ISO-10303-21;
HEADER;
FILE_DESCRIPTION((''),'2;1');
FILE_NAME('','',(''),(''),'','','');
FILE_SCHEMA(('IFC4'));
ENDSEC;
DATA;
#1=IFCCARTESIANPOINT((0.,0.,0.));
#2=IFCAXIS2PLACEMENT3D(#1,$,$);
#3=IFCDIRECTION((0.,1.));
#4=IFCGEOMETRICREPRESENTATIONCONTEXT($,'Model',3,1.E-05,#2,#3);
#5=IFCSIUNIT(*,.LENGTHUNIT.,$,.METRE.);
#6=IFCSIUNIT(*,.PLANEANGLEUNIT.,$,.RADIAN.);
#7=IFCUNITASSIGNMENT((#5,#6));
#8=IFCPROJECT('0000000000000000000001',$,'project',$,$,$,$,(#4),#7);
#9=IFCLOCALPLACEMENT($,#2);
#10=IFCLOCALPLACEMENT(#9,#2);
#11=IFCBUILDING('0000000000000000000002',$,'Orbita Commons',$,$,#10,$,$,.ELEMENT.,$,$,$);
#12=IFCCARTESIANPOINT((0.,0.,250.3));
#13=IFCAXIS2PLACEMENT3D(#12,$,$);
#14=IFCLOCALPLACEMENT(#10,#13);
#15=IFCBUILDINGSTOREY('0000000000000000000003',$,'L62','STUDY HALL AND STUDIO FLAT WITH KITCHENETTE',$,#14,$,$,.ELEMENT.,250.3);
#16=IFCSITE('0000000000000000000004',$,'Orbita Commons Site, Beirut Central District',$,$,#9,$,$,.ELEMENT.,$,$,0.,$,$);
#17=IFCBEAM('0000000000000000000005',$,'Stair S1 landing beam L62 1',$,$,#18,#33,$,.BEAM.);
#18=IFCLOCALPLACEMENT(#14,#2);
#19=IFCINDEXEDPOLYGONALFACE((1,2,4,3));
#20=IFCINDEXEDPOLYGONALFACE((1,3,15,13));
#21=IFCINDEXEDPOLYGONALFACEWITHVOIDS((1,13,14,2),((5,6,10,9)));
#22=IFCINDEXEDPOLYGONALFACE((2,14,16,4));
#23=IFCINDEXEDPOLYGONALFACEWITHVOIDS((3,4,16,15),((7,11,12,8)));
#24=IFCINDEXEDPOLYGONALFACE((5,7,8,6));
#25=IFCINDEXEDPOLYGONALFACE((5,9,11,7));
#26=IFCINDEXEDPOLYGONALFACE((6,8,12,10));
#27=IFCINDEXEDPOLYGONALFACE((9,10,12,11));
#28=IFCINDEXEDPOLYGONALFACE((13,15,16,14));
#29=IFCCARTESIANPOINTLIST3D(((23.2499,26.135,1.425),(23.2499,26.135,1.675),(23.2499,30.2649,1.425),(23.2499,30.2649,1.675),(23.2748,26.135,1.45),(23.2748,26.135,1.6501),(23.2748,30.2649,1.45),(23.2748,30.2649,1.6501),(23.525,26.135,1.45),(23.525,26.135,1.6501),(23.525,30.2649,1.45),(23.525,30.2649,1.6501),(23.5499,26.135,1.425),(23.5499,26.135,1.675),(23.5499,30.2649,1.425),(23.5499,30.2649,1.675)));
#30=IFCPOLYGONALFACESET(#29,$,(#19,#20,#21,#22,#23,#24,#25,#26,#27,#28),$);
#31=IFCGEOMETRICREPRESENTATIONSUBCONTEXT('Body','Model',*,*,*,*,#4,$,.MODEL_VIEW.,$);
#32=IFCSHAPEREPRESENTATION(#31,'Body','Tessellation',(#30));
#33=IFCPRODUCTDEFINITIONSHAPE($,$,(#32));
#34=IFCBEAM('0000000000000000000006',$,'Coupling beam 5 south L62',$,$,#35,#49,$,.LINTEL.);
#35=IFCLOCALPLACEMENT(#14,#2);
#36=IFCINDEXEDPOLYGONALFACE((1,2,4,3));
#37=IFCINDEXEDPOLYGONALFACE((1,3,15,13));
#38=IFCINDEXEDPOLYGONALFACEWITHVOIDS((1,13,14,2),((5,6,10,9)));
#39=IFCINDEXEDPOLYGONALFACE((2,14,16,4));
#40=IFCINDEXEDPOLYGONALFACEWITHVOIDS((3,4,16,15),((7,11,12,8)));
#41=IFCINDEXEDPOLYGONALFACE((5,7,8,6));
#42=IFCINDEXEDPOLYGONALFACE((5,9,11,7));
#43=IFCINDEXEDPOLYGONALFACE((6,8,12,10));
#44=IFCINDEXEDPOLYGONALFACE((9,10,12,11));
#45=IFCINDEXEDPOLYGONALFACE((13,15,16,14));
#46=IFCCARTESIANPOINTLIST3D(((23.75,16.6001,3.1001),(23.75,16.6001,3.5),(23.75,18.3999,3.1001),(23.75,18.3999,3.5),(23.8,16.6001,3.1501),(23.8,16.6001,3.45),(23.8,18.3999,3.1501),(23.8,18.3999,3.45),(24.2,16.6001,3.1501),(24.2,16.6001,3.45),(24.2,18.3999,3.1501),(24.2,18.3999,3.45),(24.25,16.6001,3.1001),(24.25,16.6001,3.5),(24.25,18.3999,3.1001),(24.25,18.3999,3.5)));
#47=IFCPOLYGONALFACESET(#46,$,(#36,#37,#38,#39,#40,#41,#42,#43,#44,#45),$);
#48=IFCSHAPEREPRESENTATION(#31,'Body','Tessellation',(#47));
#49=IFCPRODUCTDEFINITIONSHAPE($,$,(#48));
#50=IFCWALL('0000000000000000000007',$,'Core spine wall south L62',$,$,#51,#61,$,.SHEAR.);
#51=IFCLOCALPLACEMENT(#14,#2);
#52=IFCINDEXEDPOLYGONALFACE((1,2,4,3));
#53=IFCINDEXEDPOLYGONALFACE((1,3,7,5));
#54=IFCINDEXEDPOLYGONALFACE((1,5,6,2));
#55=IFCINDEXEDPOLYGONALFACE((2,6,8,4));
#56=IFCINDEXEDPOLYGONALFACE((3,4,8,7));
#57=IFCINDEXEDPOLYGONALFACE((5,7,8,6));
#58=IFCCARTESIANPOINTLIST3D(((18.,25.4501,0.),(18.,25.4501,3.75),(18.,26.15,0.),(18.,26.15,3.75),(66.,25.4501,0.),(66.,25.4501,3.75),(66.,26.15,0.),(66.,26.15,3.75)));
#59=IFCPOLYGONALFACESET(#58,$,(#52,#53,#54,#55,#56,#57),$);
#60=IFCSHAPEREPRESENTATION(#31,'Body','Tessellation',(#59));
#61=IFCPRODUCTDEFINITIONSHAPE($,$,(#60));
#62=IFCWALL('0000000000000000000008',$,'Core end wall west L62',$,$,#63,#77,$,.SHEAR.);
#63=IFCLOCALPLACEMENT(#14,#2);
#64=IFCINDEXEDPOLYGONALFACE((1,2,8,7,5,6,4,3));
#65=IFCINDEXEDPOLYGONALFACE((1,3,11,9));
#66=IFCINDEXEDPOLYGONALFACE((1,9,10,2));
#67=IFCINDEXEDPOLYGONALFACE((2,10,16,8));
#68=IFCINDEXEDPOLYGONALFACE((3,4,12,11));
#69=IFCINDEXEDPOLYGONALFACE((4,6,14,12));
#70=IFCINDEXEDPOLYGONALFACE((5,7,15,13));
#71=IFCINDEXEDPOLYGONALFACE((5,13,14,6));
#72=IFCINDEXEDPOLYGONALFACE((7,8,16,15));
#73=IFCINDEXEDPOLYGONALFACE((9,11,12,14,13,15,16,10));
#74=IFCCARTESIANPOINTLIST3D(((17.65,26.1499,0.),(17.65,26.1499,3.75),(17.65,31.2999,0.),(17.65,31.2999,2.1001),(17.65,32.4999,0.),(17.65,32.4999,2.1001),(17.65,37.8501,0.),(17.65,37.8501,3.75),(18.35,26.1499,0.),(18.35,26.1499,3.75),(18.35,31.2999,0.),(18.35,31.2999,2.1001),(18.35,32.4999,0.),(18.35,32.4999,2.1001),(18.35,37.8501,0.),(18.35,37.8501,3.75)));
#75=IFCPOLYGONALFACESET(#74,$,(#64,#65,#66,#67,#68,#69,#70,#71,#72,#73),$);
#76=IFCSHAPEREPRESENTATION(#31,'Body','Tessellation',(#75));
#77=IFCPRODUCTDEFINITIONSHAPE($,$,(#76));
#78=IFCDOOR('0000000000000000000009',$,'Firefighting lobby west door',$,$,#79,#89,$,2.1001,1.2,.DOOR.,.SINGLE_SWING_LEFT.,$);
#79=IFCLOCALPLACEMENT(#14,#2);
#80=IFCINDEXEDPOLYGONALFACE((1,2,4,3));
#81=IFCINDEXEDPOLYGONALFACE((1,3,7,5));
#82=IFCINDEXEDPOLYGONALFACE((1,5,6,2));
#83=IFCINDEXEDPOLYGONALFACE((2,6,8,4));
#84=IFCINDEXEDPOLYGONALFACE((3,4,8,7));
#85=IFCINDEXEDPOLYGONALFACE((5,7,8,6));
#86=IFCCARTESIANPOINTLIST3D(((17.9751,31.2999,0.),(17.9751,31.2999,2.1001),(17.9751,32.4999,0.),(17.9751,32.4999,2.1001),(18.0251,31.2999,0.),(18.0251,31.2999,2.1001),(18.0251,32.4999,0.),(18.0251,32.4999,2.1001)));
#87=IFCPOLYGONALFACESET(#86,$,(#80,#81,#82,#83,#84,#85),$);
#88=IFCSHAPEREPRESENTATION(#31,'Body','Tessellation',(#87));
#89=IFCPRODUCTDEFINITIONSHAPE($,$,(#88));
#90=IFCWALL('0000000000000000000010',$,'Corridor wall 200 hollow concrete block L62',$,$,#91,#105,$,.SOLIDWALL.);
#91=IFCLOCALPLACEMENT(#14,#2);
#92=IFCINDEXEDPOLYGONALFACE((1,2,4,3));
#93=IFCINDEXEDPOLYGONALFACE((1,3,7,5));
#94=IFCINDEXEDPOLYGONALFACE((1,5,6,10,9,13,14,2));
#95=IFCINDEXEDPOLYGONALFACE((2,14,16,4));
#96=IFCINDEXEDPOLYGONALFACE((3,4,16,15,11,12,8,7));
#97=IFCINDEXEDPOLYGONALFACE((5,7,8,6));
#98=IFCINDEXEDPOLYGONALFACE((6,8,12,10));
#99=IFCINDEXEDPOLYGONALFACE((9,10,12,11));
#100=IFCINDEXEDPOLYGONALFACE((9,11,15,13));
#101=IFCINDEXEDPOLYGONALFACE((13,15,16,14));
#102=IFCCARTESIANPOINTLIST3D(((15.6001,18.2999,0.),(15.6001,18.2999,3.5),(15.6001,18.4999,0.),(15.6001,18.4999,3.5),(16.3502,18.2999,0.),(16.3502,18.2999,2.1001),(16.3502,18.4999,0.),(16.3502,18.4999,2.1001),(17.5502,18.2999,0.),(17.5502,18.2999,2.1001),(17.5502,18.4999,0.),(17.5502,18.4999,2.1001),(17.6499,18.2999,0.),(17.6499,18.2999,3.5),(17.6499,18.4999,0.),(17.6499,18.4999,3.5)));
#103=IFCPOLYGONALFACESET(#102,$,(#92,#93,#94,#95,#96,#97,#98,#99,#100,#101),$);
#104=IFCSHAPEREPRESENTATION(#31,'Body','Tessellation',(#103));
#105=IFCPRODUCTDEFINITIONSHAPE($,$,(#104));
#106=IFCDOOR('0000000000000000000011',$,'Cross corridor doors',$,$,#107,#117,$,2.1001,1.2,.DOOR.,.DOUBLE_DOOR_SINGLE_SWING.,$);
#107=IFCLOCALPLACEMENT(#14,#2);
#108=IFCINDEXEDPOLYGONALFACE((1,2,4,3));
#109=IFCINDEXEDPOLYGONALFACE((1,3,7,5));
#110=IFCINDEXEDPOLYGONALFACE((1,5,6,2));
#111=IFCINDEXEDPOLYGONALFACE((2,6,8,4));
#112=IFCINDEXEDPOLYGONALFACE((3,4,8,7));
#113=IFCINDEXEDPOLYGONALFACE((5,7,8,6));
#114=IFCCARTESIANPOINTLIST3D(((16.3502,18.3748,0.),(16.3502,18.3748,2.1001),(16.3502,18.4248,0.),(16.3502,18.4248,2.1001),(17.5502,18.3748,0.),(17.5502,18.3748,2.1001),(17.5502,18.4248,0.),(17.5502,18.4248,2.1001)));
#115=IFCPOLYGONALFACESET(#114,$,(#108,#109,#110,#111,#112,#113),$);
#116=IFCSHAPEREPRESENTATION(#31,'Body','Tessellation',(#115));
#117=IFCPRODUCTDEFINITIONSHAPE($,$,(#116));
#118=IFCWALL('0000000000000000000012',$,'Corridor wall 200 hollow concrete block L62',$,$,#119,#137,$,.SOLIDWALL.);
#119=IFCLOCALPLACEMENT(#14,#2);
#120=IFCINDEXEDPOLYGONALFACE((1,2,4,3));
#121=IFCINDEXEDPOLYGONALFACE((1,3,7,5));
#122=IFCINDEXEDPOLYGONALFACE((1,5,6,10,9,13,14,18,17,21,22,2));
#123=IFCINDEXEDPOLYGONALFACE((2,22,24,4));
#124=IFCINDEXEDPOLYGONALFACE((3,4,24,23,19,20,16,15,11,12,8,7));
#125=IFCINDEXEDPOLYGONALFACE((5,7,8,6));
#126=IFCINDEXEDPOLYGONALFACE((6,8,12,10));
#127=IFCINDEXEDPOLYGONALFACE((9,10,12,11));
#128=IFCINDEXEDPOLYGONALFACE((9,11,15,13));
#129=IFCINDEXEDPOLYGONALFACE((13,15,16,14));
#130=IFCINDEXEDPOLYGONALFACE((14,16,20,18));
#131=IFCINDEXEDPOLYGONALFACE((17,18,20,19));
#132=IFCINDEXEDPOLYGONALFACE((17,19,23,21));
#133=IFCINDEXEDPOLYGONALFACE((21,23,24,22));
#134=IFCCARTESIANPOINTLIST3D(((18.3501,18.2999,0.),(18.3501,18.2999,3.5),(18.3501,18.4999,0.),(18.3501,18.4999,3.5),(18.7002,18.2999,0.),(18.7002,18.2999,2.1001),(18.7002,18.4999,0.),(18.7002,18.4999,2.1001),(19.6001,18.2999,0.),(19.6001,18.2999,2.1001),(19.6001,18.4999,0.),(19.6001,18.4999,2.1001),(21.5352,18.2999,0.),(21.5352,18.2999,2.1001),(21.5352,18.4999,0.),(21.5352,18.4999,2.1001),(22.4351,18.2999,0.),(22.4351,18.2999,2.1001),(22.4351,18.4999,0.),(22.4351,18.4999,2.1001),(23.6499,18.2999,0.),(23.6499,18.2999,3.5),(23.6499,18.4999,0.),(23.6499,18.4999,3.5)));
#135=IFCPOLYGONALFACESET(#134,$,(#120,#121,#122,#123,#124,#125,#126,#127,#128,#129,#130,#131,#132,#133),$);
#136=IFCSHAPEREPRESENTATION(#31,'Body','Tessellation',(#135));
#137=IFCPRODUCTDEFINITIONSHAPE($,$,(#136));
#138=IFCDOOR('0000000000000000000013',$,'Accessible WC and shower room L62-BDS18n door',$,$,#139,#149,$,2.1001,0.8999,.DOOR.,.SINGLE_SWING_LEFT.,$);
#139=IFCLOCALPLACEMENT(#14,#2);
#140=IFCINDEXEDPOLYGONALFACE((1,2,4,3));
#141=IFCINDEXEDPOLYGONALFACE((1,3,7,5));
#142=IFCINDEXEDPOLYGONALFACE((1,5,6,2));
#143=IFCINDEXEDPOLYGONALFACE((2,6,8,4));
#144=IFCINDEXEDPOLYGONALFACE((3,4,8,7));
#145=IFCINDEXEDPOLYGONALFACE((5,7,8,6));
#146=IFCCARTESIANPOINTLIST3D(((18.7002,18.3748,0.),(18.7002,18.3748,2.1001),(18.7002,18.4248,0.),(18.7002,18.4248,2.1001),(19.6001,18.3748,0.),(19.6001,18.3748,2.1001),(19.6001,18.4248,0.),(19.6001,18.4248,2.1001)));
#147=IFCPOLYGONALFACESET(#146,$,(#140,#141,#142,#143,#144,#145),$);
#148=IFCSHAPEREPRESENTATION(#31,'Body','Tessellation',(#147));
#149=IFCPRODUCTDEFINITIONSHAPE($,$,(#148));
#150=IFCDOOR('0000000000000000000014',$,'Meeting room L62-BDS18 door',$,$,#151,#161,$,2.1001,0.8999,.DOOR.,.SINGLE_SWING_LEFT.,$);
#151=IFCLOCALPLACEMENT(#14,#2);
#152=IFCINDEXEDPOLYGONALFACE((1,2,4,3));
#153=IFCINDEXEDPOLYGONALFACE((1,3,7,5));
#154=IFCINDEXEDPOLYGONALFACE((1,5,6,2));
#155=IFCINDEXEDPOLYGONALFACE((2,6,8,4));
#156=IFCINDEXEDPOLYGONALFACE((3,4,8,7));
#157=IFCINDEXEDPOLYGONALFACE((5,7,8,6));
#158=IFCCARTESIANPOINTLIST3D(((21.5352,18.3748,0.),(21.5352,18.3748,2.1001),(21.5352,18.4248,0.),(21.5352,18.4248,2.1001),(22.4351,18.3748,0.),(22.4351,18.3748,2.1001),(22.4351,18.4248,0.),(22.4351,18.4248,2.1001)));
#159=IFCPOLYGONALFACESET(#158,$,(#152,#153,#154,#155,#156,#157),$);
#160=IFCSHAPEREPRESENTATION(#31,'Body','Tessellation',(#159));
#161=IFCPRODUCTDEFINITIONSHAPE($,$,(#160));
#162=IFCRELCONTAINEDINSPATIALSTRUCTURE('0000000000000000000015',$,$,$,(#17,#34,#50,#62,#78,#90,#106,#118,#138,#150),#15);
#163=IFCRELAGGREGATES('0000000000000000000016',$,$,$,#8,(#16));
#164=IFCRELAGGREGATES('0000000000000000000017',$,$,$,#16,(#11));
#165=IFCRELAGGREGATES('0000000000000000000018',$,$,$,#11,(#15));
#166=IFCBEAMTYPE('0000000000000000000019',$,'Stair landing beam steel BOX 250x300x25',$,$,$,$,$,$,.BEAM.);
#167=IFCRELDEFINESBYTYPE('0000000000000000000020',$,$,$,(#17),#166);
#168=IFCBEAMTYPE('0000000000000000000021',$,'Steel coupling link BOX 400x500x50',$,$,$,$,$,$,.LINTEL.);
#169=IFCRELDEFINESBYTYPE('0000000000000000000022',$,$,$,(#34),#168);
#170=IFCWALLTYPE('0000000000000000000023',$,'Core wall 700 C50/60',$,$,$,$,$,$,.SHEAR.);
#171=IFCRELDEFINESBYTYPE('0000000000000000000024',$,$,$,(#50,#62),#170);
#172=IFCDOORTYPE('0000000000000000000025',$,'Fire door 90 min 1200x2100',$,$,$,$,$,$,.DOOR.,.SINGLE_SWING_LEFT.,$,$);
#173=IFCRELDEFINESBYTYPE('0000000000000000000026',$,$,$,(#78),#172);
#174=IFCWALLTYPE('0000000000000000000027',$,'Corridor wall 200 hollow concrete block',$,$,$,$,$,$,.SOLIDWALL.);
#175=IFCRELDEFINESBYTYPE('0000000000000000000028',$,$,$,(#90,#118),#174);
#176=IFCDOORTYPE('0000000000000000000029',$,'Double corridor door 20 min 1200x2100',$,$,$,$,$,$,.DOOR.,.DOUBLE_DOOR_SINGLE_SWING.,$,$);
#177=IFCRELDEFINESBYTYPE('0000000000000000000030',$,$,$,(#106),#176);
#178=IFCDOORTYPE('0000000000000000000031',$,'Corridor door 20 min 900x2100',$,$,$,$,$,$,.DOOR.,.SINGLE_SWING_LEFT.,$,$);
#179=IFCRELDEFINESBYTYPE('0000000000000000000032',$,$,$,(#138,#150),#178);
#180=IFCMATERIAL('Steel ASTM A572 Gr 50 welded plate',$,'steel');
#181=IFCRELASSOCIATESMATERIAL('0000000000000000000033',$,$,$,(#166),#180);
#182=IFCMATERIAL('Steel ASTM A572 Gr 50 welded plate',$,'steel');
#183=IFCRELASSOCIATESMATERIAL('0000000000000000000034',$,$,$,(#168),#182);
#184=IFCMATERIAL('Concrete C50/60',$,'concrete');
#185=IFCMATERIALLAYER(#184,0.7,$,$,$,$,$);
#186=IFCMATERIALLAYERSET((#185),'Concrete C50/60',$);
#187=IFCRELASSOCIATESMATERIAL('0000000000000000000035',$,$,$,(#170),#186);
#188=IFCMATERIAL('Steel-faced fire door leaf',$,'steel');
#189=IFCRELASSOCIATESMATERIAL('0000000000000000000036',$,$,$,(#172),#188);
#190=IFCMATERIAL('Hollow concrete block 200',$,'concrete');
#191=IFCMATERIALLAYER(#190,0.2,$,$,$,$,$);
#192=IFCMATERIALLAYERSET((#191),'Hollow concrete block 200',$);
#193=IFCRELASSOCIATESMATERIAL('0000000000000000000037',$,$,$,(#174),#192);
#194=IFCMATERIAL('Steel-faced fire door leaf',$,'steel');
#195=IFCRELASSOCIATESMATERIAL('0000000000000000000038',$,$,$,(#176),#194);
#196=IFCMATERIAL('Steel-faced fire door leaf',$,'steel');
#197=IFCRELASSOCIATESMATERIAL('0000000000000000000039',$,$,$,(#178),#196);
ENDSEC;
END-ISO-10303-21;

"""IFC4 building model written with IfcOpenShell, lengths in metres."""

from ifc_helpers import new_model, si_unit, direction, frame, frame_2d, origin, origin_2d, place, context, subcontext, project, spatial, rectangle, hollow_rectangle, extrude, material, layer, layer_set, material_profile, profile_set, type_object, element, fill, save


model = new_model("IFC4")

# Units and contexts
model_context = context("Model", 3, precision=1e-05, world=origin(), true_north=direction((0.0, 1.0)))
body_context = subcontext(model_context, "Body", "Model", "MODEL_VIEW")
ifc_project = project(units=[si_unit("LENGTHUNIT", "METRE"), si_unit("PLANEANGLEUNIT", "RADIAN")], contexts=[model_context])

# Site, building, storey
site_placement = place(None, origin())
site = spatial("IfcSite", under=ifc_project, at=site_placement, Name="Orbita Commons Site, Beirut Central District", CompositionType="ELEMENT", RefElevation=0.0)
building_placement = place(site_placement, origin())
building = spatial("IfcBuilding", under=site, at=building_placement, Name="Orbita Commons", CompositionType="ELEMENT")
storey_placement = place(building_placement, frame((0.0, 0.0, 250.3)))
storey = spatial("IfcBuildingStorey", under=building, at=storey_placement, Name="L62", Description="STUDY HALL AND STUDIO FLAT WITH KITCHENETTE", CompositionType="ELEMENT", Elevation=250.3)

# Beams
ifc_material_1 = material(Name="Steel ASTM A572 Gr 50 welded plate", Category="steel")
ifc_material_profile_1 = material_profile(ifc_material_1, hollow_rectangle(XDim=0.3, YDim=0.25, WallThickness=0.0249, at=origin_2d()), Name="BOX 250x300x25")
ifc_profile_set_1 = profile_set([ifc_material_profile_1], Name="Steel ASTM A572 Gr 50 welded plate")
beam_type_1 = type_object("IfcBeamType", Name="Stair landing beam steel BOX 250x300x25", PredefinedType="BEAM", material=ifc_profile_set_1)
beam_1_placement = place(storey_placement, frame((23.3999, 26.135, 1.55), z_axis=(0.0, 1.0, 0.0), x_axis=(-1.0, 0.0, 0.0)))
element("IfcBeam", 1, at=beam_1_placement, inside=storey, type_object=beam_type_1, Name="Stair S1 landing beam L62 1", PredefinedType="BEAM", context=body_context, shape_type="SweptSolid", body=[
    extrude(hollow_rectangle(XDim=0.3, YDim=0.25, WallThickness=0.0249, at=origin_2d()), origin(), (0.0, 0.0, 1.0), 4.1299),
])
ifc_material_2 = material(Name="Steel ASTM A572 Gr 50 welded plate", Category="steel")
ifc_material_profile_2 = material_profile(ifc_material_2, hollow_rectangle(XDim=0.5, YDim=0.3999, WallThickness=0.05, at=origin_2d()), Name="BOX 400x500x50")
ifc_profile_set_2 = profile_set([ifc_material_profile_2], Name="Steel ASTM A572 Gr 50 welded plate")
beam_type_2 = type_object("IfcBeamType", Name="Steel coupling link BOX 400x500x50", PredefinedType="LINTEL", material=ifc_profile_set_2)
beam_2_placement = place(storey_placement, frame((24.0, 16.6001, 3.3), z_axis=(0.0, 1.0, 0.0), x_axis=(-1.0, 0.0, 0.0)))
element("IfcBeam", 2, at=beam_2_placement, inside=storey, type_object=beam_type_2, Name="Coupling beam 5 south L62", PredefinedType="LINTEL", context=body_context, shape_type="SweptSolid", body=[
    extrude(hollow_rectangle(XDim=0.5, YDim=0.3999, WallThickness=0.05, at=origin_2d()), origin(), (0.0, 0.0, 1.0), 1.7998),
])

# Wall
ifc_material_3 = material(Name="Concrete C50/60", Category="concrete")
ifc_layer_1 = layer(ifc_material_3, 0.7)
ifc_layer_set_1 = layer_set([ifc_layer_1], Name="Concrete C50/60")
wall_type_1 = type_object("IfcWallType", Name="Core wall 700 C50/60", PredefinedType="SHEAR", material=ifc_layer_set_1)
wall_1_placement = place(storey_placement, frame((18.0, 25.8, 0.0), z_axis=(0.0, 0.0, 1.0), x_axis=(1.0, 0.0, 0.0)))
element("IfcWall", 3, at=wall_1_placement, inside=storey, type_object=wall_type_1, Name="Core spine wall south L62", PredefinedType="SHEAR", context=body_context, shape_type="SweptSolid", body=[
    extrude(rectangle(XDim=48.0, YDim=0.7, at=frame_2d((24.0, 0.0))), origin(), (0.0, 0.0, 1.0), 3.75),
])

# Walls, openings, doors
wall_2_placement = place(storey_placement, frame((18.0, 26.1499, 0.0), z_axis=(0.0, 0.0, 1.0), x_axis=(0.0, 1.0, 0.0)))
wall_2 = element("IfcWall", 4, at=wall_2_placement, inside=storey, type_object=wall_type_1, Name="Core end wall west L62", PredefinedType="SHEAR", context=body_context, shape_type="SweptSolid", body=[
    extrude(rectangle(XDim=11.7002, YDim=0.7, at=frame_2d((5.8501, 0.0))), origin(), (0.0, 0.0, 1.0), 3.75),
])
opening_1_placement = place(wall_2_placement, frame((5.1499, 0.0, 0.0)))
opening_1 = element("IfcOpeningElement", 5, at=opening_1_placement, cuts=wall_2, PredefinedType="OPENING", context=body_context, shape_type="SweptSolid", body=[
    extrude(rectangle(XDim=1.2, YDim=2.1001, at=frame_2d((0.6001, 1.05))), frame((0.0, 0.3599, 0.0), z_axis=(0.0, -1.0, 0.0), x_axis=(1.0, 0.0, 0.0)), (0.0, 0.0, 1.0), 0.72),
])
ifc_material_4 = material(Name="Steel-faced fire door leaf", Category="steel")
door_type_1 = type_object("IfcDoorType", Name="Fire door 90 min 1200x2100", OperationType="SINGLE_SWING_LEFT", PredefinedType="DOOR", material=ifc_material_4)
door_1_placement = place(opening_1_placement, origin())
door_1 = element("IfcDoor", 6, at=door_1_placement, inside=storey, type_object=door_type_1, Name="Firefighting lobby west door", OperationType="SINGLE_SWING_LEFT", OverallHeight=2.1001, OverallWidth=1.2, PredefinedType="DOOR", context=body_context, shape_type="SweptSolid", body=[
    extrude(rectangle(XDim=1.2, YDim=2.1001, at=frame_2d((0.6001, 1.05))), frame((0.0, 0.0249, 0.0), z_axis=(0.0, -1.0, 0.0), x_axis=(1.0, 0.0, 0.0)), (0.0, 0.0, 1.0), 0.05),
])
fill(opening_1, door_1)
ifc_material_5 = material(Name="Hollow concrete block 200", Category="concrete")
ifc_layer_2 = layer(ifc_material_5, 0.2)
ifc_layer_set_2 = layer_set([ifc_layer_2], Name="Hollow concrete block 200")
wall_type_2 = type_object("IfcWallType", Name="Corridor wall 200 hollow concrete block", PredefinedType="SOLIDWALL", material=ifc_layer_set_2)
wall_3_placement = place(storey_placement, frame((15.6001, 18.3999, 0.0), z_axis=(0.0, 0.0, 1.0), x_axis=(1.0, 0.0, 0.0)))
wall_3 = element("IfcWall", 7, at=wall_3_placement, inside=storey, type_object=wall_type_2, Name="Corridor wall 200 hollow concrete block L62", PredefinedType="SOLIDWALL", context=body_context, shape_type="SweptSolid", body=[
    extrude(rectangle(XDim=2.0498, YDim=0.2, at=frame_2d((1.0249, 0.0))), origin(), (0.0, 0.0, 1.0), 3.5),
])
opening_2_placement = place(wall_3_placement, frame((0.75, 0.0, 0.0)))
opening_2 = element("IfcOpeningElement", 8, at=opening_2_placement, cuts=wall_3, PredefinedType="OPENING", context=body_context, shape_type="SweptSolid", body=[
    extrude(rectangle(XDim=1.2, YDim=2.1001, at=frame_2d((0.6001, 1.05))), frame((0.0, 0.1099, 0.0), z_axis=(0.0, -1.0, 0.0), x_axis=(1.0, 0.0, 0.0)), (0.0, 0.0, 1.0), 0.22),
])
ifc_material_6 = material(Name="Steel-faced fire door leaf", Category="steel")
door_type_2 = type_object("IfcDoorType", Name="Double corridor door 20 min 1200x2100", OperationType="DOUBLE_DOOR_SINGLE_SWING", PredefinedType="DOOR", material=ifc_material_6)
door_2_placement = place(opening_2_placement, origin())
door_2 = element("IfcDoor", 9, at=door_2_placement, inside=storey, type_object=door_type_2, Name="Cross corridor doors", OperationType="DOUBLE_DOOR_SINGLE_SWING", OverallHeight=2.1001, OverallWidth=1.2, PredefinedType="DOOR", context=body_context, shape_type="SweptSolid", body=[
    extrude(rectangle(XDim=1.2, YDim=2.1001, at=frame_2d((0.6001, 1.05))), frame((0.0, 0.0249, 0.0), z_axis=(0.0, -1.0, 0.0), x_axis=(1.0, 0.0, 0.0)), (0.0, 0.0, 1.0), 0.05),
])
fill(opening_2, door_2)

# Wall, openings, doors
wall_4_placement = place(storey_placement, frame((18.3501, 18.3999, 0.0), z_axis=(0.0, 0.0, 1.0), x_axis=(1.0, 0.0, 0.0)))
wall_4 = element("IfcWall", 10, at=wall_4_placement, inside=storey, type_object=wall_type_2, Name="Corridor wall 200 hollow concrete block L62", PredefinedType="SOLIDWALL", context=body_context, shape_type="SweptSolid", body=[
    extrude(rectangle(XDim=5.2998, YDim=0.2, at=frame_2d((2.6499, 0.0))), origin(), (0.0, 0.0, 1.0), 3.5),
])
opening_3_placement = place(wall_4_placement, frame((0.3501, 0.0, 0.0)))
opening_3 = element("IfcOpeningElement", 11, at=opening_3_placement, cuts=wall_4, PredefinedType="OPENING", context=body_context, shape_type="SweptSolid", body=[
    extrude(rectangle(XDim=0.8999, YDim=2.1001, at=frame_2d((0.45, 1.05))), frame((0.0, 0.1099, 0.0), z_axis=(0.0, -1.0, 0.0), x_axis=(1.0, 0.0, 0.0)), (0.0, 0.0, 1.0), 0.22),
])
opening_4_placement = place(wall_4_placement, frame((3.1851, 0.0, 0.0)))
opening_4 = element("IfcOpeningElement", 12, at=opening_4_placement, cuts=wall_4, PredefinedType="OPENING", context=body_context, shape_type="SweptSolid", body=[
    extrude(rectangle(XDim=0.8999, YDim=2.1001, at=frame_2d((0.45, 1.05))), frame((0.0, 0.1099, 0.0), z_axis=(0.0, -1.0, 0.0), x_axis=(1.0, 0.0, 0.0)), (0.0, 0.0, 1.0), 0.22),
])
ifc_material_7 = material(Name="Steel-faced fire door leaf", Category="steel")
door_type_3 = type_object("IfcDoorType", Name="Corridor door 20 min 900x2100", OperationType="SINGLE_SWING_LEFT", PredefinedType="DOOR", material=ifc_material_7)
door_3_placement = place(opening_3_placement, origin())
door_3 = element("IfcDoor", 13, at=door_3_placement, inside=storey, type_object=door_type_3, Name="Accessible WC and shower room L62-BDS18n door", OperationType="SINGLE_SWING_LEFT", OverallHeight=2.1001, OverallWidth=0.8999, PredefinedType="DOOR", context=body_context, shape_type="SweptSolid", body=[
    extrude(rectangle(XDim=0.8999, YDim=2.1001, at=frame_2d((0.45, 1.05))), frame((0.0, 0.0249, 0.0), z_axis=(0.0, -1.0, 0.0), x_axis=(1.0, 0.0, 0.0)), (0.0, 0.0, 1.0), 0.05),
])
fill(opening_3, door_3)
door_4_placement = place(opening_4_placement, origin())
door_4 = element("IfcDoor", 14, at=door_4_placement, inside=storey, type_object=door_type_3, Name="Meeting room L62-BDS18 door", OperationType="SINGLE_SWING_LEFT", OverallHeight=2.1001, OverallWidth=0.8999, PredefinedType="DOOR", context=body_context, shape_type="SweptSolid", body=[
    extrude(rectangle(XDim=0.8999, YDim=2.1001, at=frame_2d((0.45, 1.05))), frame((0.0, 0.0249, 0.0), z_axis=(0.0, -1.0, 0.0), x_axis=(1.0, 0.0, 0.0)), (0.0, 0.0, 1.0), 0.05),
])
fill(opening_4, door_4)

save(model, "model.ifc")
